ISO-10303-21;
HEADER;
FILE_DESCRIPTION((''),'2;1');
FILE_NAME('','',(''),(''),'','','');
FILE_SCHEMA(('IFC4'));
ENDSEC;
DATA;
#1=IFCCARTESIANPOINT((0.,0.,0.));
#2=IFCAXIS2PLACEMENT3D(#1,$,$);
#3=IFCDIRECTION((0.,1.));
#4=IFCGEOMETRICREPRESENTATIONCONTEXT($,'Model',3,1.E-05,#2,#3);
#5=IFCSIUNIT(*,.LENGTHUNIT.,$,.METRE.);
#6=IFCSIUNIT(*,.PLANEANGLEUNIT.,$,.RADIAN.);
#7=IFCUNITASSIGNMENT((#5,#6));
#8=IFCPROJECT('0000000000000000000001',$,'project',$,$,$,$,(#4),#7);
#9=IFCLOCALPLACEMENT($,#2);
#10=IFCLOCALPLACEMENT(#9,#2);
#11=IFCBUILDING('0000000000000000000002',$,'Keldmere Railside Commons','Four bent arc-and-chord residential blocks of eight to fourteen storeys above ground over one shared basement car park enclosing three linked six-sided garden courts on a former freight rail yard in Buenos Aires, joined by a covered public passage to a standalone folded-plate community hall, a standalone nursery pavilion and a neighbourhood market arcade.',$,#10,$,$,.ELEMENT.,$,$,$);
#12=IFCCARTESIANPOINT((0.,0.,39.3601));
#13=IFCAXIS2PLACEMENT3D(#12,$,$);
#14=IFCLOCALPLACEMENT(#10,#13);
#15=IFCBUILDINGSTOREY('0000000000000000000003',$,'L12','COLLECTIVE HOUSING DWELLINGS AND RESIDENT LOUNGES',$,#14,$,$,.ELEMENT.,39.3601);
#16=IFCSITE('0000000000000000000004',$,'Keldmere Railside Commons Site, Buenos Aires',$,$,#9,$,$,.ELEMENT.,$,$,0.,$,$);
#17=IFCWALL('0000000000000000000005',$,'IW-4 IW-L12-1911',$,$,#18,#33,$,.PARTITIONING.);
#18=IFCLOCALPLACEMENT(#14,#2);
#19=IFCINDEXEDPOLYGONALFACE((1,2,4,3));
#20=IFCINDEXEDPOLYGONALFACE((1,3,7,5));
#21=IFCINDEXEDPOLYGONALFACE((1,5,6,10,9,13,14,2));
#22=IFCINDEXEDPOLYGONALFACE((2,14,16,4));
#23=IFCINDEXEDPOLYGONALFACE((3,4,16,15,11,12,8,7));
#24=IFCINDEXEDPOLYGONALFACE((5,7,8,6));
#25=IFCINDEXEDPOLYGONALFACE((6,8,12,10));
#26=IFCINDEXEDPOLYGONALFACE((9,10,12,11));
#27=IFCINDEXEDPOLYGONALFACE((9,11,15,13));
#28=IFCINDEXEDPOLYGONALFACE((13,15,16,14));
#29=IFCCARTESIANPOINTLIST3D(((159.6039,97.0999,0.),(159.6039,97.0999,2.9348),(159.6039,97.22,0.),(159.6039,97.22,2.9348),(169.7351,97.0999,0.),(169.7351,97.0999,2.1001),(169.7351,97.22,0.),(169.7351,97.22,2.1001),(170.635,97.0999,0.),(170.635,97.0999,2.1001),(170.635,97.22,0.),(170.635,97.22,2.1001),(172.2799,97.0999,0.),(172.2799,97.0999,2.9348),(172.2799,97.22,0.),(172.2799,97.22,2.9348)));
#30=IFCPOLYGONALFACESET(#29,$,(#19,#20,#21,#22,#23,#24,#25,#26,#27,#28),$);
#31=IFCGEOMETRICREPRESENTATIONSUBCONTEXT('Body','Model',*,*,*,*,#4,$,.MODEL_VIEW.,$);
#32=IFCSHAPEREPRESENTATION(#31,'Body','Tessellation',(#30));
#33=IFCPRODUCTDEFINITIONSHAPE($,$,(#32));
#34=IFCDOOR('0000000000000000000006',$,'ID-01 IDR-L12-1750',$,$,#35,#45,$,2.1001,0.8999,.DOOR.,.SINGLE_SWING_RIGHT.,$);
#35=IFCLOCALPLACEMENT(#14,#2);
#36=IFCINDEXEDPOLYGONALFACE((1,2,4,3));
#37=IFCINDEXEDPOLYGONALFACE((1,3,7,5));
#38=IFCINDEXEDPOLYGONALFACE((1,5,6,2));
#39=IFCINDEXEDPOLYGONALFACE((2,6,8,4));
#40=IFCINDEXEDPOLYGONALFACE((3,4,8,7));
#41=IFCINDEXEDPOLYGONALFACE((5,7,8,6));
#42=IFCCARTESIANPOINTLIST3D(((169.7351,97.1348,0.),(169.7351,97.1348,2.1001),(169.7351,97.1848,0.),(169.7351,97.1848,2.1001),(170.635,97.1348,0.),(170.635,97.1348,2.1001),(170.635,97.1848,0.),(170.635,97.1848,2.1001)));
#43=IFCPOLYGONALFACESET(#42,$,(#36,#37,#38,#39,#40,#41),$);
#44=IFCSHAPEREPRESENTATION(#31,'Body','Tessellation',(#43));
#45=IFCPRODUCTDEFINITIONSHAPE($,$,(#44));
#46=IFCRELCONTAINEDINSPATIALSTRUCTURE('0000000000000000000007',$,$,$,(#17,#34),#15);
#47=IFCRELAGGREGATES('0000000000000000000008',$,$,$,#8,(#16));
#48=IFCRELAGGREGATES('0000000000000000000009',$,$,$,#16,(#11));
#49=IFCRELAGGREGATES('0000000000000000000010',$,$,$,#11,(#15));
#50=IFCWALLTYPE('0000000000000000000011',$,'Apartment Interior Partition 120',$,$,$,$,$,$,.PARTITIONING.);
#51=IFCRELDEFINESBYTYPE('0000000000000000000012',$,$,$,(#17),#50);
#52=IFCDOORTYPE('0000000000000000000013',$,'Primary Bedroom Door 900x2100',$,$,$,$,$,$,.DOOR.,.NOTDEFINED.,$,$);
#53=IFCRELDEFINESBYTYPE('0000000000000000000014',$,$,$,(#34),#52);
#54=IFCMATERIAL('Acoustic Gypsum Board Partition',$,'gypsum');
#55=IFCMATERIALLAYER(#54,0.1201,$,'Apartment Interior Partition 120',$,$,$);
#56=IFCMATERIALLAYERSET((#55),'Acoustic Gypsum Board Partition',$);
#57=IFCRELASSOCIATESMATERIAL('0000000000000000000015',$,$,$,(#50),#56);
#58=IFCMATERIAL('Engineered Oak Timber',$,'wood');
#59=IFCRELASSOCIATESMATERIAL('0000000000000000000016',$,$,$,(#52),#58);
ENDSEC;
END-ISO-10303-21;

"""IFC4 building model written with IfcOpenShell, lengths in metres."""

from ifc_helpers import new_model, si_unit, direction, frame, frame_2d, origin, place, context, subcontext, project, spatial, rectangle, extrude, material, layer, layer_set, type_object, element, fill, save


model = new_model("IFC4")

# Units and contexts
model_context = context("Model", 3, precision=1e-05, world=origin(), true_north=direction((0.0, 1.0)))
body_context = subcontext(model_context, "Body", "Model", "MODEL_VIEW")
ifc_project = project(units=[si_unit("LENGTHUNIT", "METRE"), si_unit("PLANEANGLEUNIT", "RADIAN")], contexts=[model_context])

# Site, building, storey
site_placement = place(None, origin())
site = spatial("IfcSite", under=ifc_project, at=site_placement, Name="Keldmere Railside Commons Site, Buenos Aires", CompositionType="ELEMENT", RefElevation=0.0)
building_placement = place(site_placement, origin())
building = spatial("IfcBuilding", under=site, at=building_placement, Name="Keldmere Railside Commons", Description="Four bent arc-and-chord residential blocks of eight to fourteen storeys above ground over one shared basement car park enclosing three linked six-sided garden courts on a former freight rail yard in Buenos Aires, joined by a covered public passage to a standalone folded-plate community hall, a standalone nursery pavilion and a neighbourhood market arcade.", CompositionType="ELEMENT")
storey_placement = place(building_placement, frame((0.0, 0.0, 39.3601)))
storey = spatial("IfcBuildingStorey", under=building, at=storey_placement, Name="L12", Description="COLLECTIVE HOUSING DWELLINGS AND RESIDENT LOUNGES", CompositionType="ELEMENT", Elevation=39.3601)

# Wall, opening, door
ifc_material_1 = material(Name="Acoustic Gypsum Board Partition", Category="gypsum")
ifc_layer_1 = layer(ifc_material_1, 0.1201, Name="Apartment Interior Partition 120")
ifc_layer_set_1 = layer_set([ifc_layer_1], Name="Acoustic Gypsum Board Partition")
wall_type = type_object("IfcWallType", Name="Apartment Interior Partition 120", PredefinedType="PARTITIONING", material=ifc_layer_set_1)
wall_placement = place(storey_placement, frame((159.604, 97.1599, 0.0), z_axis=(0.0, 0.0, 1.0), x_axis=(1.0, 0.0, 0.0)))
wall = element("IfcWall", 1, at=wall_placement, inside=storey, type_object=wall_type, Name="IW-4 IW-L12-1911", PredefinedType="PARTITIONING", context=body_context, shape_type="SweptSolid", body=[
    extrude(rectangle(XDim=12.676, YDim=0.1201, at=frame_2d((6.3379, 0.0))), origin(), (0.0, 0.0, 1.0), 2.9348),
])
opening_placement = place(wall_placement, frame((10.1311, 0.0, 0.0)))
opening = element("IfcOpeningElement", 2, at=opening_placement, cuts=wall, PredefinedType="OPENING", context=body_context, shape_type="SweptSolid", body=[
    extrude(rectangle(XDim=0.8999, YDim=2.1001, at=frame_2d((0.45, 1.05))), frame((0.0, 0.0701, 0.0), z_axis=(0.0, -1.0, 0.0), x_axis=(1.0, 0.0, 0.0)), (0.0, 0.0, 1.0), 0.1401),
])
ifc_material_2 = material(Name="Engineered Oak Timber", Category="wood")
door_type = type_object("IfcDoorType", Name="Primary Bedroom Door 900x2100", OperationType="NOTDEFINED", PredefinedType="DOOR", material=ifc_material_2)
door_placement = place(opening_placement, origin())
door = element("IfcDoor", 3, at=door_placement, inside=storey, type_object=door_type, Name="ID-01 IDR-L12-1750", OperationType="SINGLE_SWING_RIGHT", OverallHeight=2.1001, OverallWidth=0.8999, PredefinedType="DOOR", context=body_context, shape_type="SweptSolid", body=[
    extrude(rectangle(XDim=0.8999, YDim=2.1001, at=frame_2d((0.45, 1.05))), frame((0.0, 0.0249, 0.0), z_axis=(0.0, -1.0, 0.0), x_axis=(1.0, 0.0, 0.0)), (0.0, 0.0, 1.0), 0.05),
])
fill(opening, door)

save(model, "model.ifc")
